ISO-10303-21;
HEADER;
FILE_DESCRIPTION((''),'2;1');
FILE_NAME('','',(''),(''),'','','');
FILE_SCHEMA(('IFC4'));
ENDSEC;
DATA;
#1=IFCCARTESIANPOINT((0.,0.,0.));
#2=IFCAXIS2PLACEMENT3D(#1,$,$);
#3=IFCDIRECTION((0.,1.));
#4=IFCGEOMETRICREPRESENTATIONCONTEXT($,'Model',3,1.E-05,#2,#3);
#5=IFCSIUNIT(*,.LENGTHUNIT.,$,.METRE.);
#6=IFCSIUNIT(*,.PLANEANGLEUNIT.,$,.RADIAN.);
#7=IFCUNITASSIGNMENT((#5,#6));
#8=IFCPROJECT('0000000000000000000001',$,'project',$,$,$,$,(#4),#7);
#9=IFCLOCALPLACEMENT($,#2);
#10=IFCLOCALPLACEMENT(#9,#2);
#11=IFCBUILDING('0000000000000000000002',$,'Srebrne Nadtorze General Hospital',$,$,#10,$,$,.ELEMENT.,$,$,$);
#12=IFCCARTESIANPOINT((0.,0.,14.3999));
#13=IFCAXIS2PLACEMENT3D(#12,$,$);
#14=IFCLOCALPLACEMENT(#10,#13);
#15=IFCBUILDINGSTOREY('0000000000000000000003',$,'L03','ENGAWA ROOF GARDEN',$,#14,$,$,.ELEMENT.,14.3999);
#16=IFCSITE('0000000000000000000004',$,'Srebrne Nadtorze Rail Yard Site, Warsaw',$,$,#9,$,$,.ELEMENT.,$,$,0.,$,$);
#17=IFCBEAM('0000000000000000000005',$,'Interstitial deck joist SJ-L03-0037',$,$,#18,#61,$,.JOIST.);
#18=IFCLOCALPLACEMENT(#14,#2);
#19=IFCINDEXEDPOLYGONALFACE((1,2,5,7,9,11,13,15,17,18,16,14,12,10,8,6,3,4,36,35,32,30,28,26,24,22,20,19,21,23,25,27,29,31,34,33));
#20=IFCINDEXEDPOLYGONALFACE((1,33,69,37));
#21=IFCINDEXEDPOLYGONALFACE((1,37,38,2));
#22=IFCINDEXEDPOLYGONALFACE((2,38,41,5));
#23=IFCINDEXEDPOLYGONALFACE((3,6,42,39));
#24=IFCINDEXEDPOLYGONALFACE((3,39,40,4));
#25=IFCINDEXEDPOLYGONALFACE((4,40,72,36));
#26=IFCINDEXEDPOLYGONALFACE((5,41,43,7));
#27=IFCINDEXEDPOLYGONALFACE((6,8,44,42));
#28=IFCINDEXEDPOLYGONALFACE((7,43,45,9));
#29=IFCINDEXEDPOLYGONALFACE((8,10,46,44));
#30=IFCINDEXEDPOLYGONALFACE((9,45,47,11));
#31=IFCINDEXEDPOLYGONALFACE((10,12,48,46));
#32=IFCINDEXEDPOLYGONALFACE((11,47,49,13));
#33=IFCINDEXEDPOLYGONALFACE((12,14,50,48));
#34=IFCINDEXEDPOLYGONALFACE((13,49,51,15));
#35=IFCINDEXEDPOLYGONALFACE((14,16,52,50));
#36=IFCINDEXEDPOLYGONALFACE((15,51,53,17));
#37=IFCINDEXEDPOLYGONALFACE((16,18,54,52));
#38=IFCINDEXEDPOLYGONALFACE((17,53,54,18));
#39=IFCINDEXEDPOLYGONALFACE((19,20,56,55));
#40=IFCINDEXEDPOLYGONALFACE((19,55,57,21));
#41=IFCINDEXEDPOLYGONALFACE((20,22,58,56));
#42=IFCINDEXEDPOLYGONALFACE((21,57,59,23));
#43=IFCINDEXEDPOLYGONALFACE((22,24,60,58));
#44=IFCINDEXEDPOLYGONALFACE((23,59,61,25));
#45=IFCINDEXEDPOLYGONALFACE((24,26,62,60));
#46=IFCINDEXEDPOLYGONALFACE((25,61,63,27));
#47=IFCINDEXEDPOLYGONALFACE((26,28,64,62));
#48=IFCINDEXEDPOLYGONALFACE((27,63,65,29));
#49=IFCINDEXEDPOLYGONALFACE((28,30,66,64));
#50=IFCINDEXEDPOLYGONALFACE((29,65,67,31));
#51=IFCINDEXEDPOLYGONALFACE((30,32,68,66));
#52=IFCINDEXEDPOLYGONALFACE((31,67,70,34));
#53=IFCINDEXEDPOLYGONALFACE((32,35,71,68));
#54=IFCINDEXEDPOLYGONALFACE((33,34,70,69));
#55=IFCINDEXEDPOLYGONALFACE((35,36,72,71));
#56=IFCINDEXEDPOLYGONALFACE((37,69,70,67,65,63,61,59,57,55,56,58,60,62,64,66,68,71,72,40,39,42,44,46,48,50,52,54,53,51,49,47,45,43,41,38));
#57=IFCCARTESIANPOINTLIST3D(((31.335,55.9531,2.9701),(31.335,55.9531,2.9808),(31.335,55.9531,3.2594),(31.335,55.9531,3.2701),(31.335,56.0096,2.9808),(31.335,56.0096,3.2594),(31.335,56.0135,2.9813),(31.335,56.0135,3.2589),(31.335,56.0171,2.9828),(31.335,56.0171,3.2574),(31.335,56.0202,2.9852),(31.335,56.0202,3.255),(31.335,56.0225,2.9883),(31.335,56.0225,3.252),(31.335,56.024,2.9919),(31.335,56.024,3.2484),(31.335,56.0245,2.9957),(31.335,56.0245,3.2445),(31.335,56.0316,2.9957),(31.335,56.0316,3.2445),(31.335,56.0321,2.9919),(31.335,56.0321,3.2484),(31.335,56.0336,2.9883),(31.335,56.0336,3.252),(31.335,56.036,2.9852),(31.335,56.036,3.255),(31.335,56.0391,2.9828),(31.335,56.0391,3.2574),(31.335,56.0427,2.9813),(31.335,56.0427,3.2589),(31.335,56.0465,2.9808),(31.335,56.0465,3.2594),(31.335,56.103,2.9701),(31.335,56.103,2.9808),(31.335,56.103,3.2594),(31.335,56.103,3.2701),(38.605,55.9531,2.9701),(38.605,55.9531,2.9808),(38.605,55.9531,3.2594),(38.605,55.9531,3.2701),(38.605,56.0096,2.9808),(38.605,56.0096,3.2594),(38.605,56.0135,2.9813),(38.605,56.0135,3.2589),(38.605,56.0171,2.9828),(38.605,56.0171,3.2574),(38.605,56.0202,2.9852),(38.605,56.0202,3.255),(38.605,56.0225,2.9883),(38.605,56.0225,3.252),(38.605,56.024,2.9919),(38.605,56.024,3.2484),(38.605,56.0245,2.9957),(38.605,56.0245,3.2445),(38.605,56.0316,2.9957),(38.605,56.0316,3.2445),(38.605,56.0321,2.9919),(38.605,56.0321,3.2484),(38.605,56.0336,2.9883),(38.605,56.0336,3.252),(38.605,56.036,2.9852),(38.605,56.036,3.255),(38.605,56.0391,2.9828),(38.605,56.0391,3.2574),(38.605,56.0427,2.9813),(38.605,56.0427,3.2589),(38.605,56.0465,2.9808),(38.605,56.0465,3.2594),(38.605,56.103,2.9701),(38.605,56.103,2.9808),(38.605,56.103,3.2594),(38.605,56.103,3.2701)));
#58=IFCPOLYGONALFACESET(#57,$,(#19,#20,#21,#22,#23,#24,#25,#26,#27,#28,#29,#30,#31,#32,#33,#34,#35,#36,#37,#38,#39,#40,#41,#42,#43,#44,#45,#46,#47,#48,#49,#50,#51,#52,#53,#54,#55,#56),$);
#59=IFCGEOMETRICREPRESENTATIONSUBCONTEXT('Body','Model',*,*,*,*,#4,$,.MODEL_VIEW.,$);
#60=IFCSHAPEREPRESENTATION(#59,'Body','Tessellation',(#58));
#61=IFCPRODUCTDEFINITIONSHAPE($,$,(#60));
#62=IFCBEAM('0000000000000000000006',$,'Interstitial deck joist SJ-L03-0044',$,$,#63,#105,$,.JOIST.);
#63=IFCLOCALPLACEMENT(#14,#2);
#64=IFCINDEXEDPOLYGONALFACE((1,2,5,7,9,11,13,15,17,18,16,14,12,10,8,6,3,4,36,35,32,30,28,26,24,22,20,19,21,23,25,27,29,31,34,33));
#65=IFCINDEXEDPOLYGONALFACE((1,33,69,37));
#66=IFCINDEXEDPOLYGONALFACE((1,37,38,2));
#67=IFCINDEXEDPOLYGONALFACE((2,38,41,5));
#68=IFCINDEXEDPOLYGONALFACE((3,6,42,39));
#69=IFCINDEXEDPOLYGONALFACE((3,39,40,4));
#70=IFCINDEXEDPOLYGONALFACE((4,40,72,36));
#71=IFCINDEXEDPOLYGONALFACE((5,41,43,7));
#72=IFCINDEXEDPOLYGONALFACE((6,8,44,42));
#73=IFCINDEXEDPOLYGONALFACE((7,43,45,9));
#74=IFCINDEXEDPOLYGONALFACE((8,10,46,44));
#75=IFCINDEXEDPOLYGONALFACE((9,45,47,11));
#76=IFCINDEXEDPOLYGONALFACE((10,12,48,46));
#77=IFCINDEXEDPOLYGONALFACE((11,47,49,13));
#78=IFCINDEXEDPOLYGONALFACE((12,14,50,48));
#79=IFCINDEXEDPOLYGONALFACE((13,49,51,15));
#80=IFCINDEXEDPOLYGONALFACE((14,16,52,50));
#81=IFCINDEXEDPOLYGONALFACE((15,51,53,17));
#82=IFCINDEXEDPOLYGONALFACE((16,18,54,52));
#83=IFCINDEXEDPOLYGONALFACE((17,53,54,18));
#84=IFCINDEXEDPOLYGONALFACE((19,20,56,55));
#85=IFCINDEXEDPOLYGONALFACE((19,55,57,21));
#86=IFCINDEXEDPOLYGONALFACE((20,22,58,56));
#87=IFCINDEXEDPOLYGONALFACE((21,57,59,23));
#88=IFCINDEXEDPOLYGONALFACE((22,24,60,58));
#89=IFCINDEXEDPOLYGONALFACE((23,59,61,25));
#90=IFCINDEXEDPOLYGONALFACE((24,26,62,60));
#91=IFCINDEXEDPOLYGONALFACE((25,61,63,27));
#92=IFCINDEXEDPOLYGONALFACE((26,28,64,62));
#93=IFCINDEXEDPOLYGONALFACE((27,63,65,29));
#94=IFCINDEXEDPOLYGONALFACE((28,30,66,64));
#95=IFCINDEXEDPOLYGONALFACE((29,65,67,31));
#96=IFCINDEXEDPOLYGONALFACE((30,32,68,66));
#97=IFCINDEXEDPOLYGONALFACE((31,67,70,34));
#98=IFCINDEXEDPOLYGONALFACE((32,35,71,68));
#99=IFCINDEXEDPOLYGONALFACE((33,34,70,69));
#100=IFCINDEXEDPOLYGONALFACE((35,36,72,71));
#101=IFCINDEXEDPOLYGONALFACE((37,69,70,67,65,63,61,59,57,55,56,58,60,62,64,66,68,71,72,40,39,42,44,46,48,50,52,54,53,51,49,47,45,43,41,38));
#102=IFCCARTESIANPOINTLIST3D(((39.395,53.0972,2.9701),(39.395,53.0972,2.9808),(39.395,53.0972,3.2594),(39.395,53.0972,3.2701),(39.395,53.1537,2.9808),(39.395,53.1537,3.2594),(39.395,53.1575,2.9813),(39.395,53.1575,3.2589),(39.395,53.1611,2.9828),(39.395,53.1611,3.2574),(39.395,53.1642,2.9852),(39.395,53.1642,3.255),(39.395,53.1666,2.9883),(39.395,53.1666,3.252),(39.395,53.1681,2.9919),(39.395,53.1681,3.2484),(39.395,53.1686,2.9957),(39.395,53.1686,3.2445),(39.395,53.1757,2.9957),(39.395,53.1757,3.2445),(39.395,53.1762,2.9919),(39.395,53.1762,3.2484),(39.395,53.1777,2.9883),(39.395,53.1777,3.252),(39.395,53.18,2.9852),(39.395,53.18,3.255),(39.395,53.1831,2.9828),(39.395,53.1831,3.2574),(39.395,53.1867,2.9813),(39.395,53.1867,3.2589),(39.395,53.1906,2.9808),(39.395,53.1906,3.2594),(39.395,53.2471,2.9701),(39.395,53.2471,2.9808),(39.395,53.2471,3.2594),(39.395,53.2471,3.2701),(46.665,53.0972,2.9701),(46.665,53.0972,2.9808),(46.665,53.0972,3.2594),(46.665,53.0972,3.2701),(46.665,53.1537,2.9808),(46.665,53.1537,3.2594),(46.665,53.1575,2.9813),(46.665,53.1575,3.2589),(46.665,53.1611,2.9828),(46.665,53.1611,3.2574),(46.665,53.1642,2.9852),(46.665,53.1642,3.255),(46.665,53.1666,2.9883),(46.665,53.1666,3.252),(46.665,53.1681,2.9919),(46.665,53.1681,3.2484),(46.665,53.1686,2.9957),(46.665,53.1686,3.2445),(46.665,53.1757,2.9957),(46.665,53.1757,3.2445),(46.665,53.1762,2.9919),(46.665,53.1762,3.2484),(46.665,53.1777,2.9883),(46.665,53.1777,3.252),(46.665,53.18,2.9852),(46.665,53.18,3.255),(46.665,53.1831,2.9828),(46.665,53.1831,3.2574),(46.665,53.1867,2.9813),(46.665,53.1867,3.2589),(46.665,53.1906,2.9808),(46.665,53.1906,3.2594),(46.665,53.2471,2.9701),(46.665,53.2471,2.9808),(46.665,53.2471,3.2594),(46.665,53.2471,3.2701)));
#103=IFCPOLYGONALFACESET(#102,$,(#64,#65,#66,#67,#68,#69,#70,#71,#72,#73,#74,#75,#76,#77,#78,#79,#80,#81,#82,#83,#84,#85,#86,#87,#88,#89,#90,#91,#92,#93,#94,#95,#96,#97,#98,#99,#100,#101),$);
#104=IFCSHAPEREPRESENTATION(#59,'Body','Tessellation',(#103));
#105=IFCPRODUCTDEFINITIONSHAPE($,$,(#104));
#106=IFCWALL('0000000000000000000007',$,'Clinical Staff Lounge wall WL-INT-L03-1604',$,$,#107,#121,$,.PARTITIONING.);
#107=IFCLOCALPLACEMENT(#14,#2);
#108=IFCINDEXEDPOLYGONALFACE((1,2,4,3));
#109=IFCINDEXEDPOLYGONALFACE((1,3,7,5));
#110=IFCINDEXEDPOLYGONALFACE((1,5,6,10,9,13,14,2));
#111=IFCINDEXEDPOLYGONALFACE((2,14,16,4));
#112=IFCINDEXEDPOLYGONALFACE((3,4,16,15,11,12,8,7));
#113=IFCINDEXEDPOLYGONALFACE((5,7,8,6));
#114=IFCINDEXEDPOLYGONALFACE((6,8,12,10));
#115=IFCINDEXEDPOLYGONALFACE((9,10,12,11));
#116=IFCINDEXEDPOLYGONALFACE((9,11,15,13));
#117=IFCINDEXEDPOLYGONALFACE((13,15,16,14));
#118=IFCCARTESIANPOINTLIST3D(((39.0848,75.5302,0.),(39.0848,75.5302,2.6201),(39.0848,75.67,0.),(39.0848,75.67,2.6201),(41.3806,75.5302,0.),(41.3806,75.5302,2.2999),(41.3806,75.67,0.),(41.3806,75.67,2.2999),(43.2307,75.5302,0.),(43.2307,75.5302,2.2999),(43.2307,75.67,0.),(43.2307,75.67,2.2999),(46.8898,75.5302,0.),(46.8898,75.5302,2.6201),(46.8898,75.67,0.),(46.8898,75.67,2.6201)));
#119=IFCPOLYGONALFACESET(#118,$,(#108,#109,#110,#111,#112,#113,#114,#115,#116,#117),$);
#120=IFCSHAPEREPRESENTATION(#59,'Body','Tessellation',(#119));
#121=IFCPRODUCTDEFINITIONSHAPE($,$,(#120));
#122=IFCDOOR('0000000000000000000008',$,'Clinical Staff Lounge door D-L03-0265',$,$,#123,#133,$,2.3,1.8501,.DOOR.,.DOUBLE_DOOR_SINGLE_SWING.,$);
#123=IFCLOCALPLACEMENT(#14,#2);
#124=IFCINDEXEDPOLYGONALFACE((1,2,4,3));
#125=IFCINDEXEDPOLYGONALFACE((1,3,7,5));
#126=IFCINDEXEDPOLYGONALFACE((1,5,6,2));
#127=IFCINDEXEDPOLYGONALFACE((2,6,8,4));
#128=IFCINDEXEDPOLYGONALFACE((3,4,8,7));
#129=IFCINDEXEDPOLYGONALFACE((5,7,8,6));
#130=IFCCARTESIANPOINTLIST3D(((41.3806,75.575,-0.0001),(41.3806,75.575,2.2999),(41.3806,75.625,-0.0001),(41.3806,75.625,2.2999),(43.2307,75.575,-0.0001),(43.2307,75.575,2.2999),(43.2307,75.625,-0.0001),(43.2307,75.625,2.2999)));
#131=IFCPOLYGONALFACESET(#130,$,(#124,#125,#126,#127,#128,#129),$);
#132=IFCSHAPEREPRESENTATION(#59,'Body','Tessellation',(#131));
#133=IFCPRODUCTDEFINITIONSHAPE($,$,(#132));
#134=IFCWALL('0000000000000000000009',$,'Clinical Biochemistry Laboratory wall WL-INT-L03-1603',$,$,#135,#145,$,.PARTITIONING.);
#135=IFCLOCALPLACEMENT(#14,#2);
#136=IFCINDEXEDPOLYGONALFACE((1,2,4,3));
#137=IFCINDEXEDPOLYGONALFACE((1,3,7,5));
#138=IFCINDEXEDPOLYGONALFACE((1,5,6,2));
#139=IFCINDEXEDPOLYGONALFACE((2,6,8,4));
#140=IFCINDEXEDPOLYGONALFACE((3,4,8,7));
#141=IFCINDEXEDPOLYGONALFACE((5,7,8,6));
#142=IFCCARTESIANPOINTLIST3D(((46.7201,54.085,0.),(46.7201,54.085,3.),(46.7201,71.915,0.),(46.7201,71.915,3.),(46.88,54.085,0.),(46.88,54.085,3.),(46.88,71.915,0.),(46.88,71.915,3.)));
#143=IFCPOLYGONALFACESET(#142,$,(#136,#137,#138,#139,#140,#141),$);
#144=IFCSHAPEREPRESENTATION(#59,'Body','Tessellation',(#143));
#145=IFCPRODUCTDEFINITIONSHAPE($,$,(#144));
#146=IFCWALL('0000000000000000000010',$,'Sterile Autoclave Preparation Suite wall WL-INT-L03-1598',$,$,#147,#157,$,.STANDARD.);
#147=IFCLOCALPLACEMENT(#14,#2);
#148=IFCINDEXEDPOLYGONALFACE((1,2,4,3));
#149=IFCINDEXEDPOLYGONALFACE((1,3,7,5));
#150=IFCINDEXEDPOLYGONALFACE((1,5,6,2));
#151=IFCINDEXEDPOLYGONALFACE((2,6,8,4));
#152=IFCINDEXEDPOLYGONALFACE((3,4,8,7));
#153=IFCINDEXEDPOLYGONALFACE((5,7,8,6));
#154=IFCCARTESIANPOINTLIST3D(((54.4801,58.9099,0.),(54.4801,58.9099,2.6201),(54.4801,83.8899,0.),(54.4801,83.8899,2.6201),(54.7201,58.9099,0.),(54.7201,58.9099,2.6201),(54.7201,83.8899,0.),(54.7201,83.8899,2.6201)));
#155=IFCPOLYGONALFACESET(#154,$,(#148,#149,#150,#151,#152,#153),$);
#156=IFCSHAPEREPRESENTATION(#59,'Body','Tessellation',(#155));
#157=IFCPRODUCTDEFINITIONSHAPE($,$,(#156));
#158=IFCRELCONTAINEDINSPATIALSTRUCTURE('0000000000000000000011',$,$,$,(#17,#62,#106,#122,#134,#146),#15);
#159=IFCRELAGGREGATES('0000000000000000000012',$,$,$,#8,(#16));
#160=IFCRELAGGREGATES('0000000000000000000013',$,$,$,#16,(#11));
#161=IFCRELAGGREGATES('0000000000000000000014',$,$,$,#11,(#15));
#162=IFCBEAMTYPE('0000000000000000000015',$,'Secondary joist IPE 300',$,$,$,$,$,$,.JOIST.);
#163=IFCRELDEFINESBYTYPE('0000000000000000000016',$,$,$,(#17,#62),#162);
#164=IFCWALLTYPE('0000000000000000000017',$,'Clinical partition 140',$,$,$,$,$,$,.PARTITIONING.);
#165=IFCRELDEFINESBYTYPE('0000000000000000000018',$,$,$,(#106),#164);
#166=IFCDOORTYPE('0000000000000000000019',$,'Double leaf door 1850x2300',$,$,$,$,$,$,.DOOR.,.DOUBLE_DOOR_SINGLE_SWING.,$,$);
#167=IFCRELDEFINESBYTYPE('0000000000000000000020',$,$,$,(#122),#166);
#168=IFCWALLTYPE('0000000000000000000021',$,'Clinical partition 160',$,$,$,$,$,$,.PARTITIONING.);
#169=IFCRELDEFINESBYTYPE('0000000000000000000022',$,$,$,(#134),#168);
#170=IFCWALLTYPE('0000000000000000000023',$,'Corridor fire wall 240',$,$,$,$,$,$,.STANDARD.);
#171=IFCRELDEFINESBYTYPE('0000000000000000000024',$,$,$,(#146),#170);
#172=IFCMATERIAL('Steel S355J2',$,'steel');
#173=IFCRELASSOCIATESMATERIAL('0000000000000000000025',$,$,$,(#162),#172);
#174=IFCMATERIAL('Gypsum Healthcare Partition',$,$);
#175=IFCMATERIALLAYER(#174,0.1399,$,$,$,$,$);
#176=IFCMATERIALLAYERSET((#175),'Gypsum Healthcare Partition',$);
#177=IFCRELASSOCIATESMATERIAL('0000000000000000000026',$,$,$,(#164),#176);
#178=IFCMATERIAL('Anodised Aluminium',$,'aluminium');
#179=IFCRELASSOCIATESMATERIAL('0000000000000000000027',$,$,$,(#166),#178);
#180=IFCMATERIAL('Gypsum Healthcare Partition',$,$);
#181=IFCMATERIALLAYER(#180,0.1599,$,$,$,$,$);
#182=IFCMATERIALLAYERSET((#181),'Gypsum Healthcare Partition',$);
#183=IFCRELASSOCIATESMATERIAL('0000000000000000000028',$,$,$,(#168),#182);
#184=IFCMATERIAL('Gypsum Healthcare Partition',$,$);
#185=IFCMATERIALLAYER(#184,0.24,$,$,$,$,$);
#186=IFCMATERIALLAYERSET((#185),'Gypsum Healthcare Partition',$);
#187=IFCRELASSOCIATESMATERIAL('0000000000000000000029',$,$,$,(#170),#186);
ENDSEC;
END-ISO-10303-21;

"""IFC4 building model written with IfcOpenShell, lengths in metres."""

from ifc_helpers import new_model, si_unit, direction, frame, frame_2d, origin, origin_2d, place, context, subcontext, project, spatial, rectangle, i_section, extrude, material, layer, layer_set, material_profile, profile_set, type_object, element, fill, save


model = new_model("IFC4")

# Units and contexts
model_context = context("Model", 3, precision=1e-05, world=origin(), true_north=direction((0.0, 1.0)))
body_context = subcontext(model_context, "Body", "Model", "MODEL_VIEW")
ifc_project = project(units=[si_unit("LENGTHUNIT", "METRE"), si_unit("PLANEANGLEUNIT", "RADIAN")], contexts=[model_context])

# Site, building, storey
site_placement = place(None, origin())
site = spatial("IfcSite", under=ifc_project, at=site_placement, Name="Srebrne Nadtorze Rail Yard Site, Warsaw", CompositionType="ELEMENT", RefElevation=0.0)
building_placement = place(site_placement, origin())
building = spatial("IfcBuilding", under=site, at=building_placement, Name="Srebrne Nadtorze General Hospital", CompositionType="ELEMENT")
storey_placement = place(building_placement, frame((0.0, 0.0, 14.3999)))
storey = spatial("IfcBuildingStorey", under=building, at=storey_placement, Name="L03", Description="ENGAWA ROOF GARDEN", CompositionType="ELEMENT", Elevation=14.3999)

# Beams
ifc_material_1 = material(Name="Steel S355J2", Category="steel")
ifc_material_profile_1 = material_profile(ifc_material_1, i_section(OverallWidth=0.1499, OverallDepth=0.3, WebThickness=0.0071, FlangeThickness=0.0107, FilletRadius=0.0149, at=origin_2d()), Name="IPE-300")
ifc_profile_set_1 = profile_set([ifc_material_profile_1], Name="Steel S355J2")
beam_type_1 = type_object("IfcBeamType", Name="Secondary joist IPE 300", PredefinedType="JOIST", material=ifc_profile_set_1)
for number, where, z_axis, x_axis, name in (
    (1, (31.335, 56.0281, 3.1201), (1.0, 0.0, 0.0), (0.0, 1.0, 0.0), "Interstitial deck joist SJ-L03-0037"),
    (2, (39.395, 53.1721, 3.1201), (1.0, 0.0, 0.0), (0.0, 1.0, 0.0), "Interstitial deck joist SJ-L03-0044"),
):
    element("IfcBeam", number, at=place(storey_placement, frame(where, z_axis=z_axis, x_axis=x_axis)), inside=storey, type_object=beam_type_1, Name=name, PredefinedType="JOIST", context=body_context, shape_type="SweptSolid", body=[
        extrude(i_section(OverallWidth=0.1499, OverallDepth=0.3, WebThickness=0.0071, FlangeThickness=0.0107, FilletRadius=0.0149, at=origin_2d()), origin(), (0.0, 0.0, 1.0), 7.27),
    ])

# Wall, opening, door
ifc_material_2 = material(Name="Gypsum Healthcare Partition")
ifc_layer_1 = layer(ifc_material_2, 0.1399)
ifc_layer_set_1 = layer_set([ifc_layer_1], Name="Gypsum Healthcare Partition")
wall_type_1 = type_object("IfcWallType", Name="Clinical partition 140", PredefinedType="PARTITIONING", material=ifc_layer_set_1)
wall_1_placement = place(storey_placement, frame((39.085, 75.6001, 0.0), z_axis=(0.0, 0.0, 1.0), x_axis=(1.0, 0.0, 0.0)))
wall_1 = element("IfcWall", 3, at=wall_1_placement, inside=storey, type_object=wall_type_1, Name="Clinical Staff Lounge wall WL-INT-L03-1604", PredefinedType="PARTITIONING", context=body_context, shape_type="SweptSolid", body=[
    extrude(rectangle(XDim=7.8049, YDim=0.1399, at=frame_2d((3.9023, 0.0))), origin(), (0.0, 0.0, 1.0), 2.6201),
])
opening_1_placement = place(wall_1_placement, frame((2.2957, 0.0, 0.0)))
opening_1 = element("IfcOpeningElement", 4, at=opening_1_placement, cuts=wall_1, PredefinedType="OPENING", context=body_context, shape_type="SweptSolid", body=[
    extrude(rectangle(XDim=1.8501, YDim=2.3, at=frame_2d((0.925, 1.1499))), frame((0.0, 0.082, 0.0), z_axis=(0.0, -1.0, 0.0), x_axis=(1.0, 0.0, 0.0)), (0.0, 0.0, 1.0), 0.1638),
])
ifc_material_3 = material(Name="Anodised Aluminium", Category="aluminium")
door_type_1 = type_object("IfcDoorType", Name="Double leaf door 1850x2300", OperationType="DOUBLE_DOOR_SINGLE_SWING", PredefinedType="DOOR", material=ifc_material_3)
door_1_placement = place(opening_1_placement, origin())
door_1 = element("IfcDoor", 5, at=door_1_placement, inside=storey, type_object=door_type_1, Name="Clinical Staff Lounge door D-L03-0265", OperationType="DOUBLE_DOOR_SINGLE_SWING", OverallHeight=2.3, OverallWidth=1.8501, PredefinedType="DOOR", context=body_context, shape_type="SweptSolid", body=[
    extrude(rectangle(XDim=1.8501, YDim=2.3, at=frame_2d((0.925, 1.1499))), frame((0.0, 0.0249, 0.0), z_axis=(0.0, -1.0, 0.0), x_axis=(1.0, 0.0, 0.0)), (0.0, 0.0, 1.0), 0.05),
])
fill(opening_1, door_1)

# Walls
ifc_material_4 = material(Name="Gypsum Healthcare Partition")
ifc_layer_2 = layer(ifc_material_4, 0.1599)
ifc_layer_set_2 = layer_set([ifc_layer_2], Name="Gypsum Healthcare Partition")
wall_type_2 = type_object("IfcWallType", Name="Clinical partition 160", PredefinedType="PARTITIONING", material=ifc_layer_set_2)
wall_2_placement = place(storey_placement, frame((46.8, 54.085, 0.0), z_axis=(0.0, 0.0, 1.0), x_axis=(0.0, 1.0, 0.0)))
element("IfcWall", 6, at=wall_2_placement, inside=storey, type_object=wall_type_2, Name="Clinical Biochemistry Laboratory wall WL-INT-L03-1603", PredefinedType="PARTITIONING", context=body_context, shape_type="SweptSolid", body=[
    extrude(rectangle(XDim=17.8301, YDim=0.1599, at=frame_2d((8.915, 0.0))), origin(), (0.0, 0.0, 1.0), 3.0),
])
ifc_material_5 = material(Name="Gypsum Healthcare Partition")
ifc_layer_3 = layer(ifc_material_5, 0.24)
ifc_layer_set_3 = layer_set([ifc_layer_3], Name="Gypsum Healthcare Partition")
wall_type_3 = type_object("IfcWallType", Name="Corridor fire wall 240", PredefinedType="STANDARD", material=ifc_layer_set_3)
wall_3_placement = place(storey_placement, frame((54.6001, 58.9099, 0.0), z_axis=(0.0, 0.0, 1.0), x_axis=(0.0, 1.0, 0.0)))
element("IfcWall", 7, at=wall_3_placement, inside=storey, type_object=wall_type_3, Name="Sterile Autoclave Preparation Suite wall WL-INT-L03-1598", PredefinedType="STANDARD", context=body_context, shape_type="SweptSolid", body=[
    extrude(rectangle(XDim=24.98, YDim=0.24, at=frame_2d((12.49, 0.0))), origin(), (0.0, 0.0, 1.0), 2.6201),
])

save(model, "model.ifc")
